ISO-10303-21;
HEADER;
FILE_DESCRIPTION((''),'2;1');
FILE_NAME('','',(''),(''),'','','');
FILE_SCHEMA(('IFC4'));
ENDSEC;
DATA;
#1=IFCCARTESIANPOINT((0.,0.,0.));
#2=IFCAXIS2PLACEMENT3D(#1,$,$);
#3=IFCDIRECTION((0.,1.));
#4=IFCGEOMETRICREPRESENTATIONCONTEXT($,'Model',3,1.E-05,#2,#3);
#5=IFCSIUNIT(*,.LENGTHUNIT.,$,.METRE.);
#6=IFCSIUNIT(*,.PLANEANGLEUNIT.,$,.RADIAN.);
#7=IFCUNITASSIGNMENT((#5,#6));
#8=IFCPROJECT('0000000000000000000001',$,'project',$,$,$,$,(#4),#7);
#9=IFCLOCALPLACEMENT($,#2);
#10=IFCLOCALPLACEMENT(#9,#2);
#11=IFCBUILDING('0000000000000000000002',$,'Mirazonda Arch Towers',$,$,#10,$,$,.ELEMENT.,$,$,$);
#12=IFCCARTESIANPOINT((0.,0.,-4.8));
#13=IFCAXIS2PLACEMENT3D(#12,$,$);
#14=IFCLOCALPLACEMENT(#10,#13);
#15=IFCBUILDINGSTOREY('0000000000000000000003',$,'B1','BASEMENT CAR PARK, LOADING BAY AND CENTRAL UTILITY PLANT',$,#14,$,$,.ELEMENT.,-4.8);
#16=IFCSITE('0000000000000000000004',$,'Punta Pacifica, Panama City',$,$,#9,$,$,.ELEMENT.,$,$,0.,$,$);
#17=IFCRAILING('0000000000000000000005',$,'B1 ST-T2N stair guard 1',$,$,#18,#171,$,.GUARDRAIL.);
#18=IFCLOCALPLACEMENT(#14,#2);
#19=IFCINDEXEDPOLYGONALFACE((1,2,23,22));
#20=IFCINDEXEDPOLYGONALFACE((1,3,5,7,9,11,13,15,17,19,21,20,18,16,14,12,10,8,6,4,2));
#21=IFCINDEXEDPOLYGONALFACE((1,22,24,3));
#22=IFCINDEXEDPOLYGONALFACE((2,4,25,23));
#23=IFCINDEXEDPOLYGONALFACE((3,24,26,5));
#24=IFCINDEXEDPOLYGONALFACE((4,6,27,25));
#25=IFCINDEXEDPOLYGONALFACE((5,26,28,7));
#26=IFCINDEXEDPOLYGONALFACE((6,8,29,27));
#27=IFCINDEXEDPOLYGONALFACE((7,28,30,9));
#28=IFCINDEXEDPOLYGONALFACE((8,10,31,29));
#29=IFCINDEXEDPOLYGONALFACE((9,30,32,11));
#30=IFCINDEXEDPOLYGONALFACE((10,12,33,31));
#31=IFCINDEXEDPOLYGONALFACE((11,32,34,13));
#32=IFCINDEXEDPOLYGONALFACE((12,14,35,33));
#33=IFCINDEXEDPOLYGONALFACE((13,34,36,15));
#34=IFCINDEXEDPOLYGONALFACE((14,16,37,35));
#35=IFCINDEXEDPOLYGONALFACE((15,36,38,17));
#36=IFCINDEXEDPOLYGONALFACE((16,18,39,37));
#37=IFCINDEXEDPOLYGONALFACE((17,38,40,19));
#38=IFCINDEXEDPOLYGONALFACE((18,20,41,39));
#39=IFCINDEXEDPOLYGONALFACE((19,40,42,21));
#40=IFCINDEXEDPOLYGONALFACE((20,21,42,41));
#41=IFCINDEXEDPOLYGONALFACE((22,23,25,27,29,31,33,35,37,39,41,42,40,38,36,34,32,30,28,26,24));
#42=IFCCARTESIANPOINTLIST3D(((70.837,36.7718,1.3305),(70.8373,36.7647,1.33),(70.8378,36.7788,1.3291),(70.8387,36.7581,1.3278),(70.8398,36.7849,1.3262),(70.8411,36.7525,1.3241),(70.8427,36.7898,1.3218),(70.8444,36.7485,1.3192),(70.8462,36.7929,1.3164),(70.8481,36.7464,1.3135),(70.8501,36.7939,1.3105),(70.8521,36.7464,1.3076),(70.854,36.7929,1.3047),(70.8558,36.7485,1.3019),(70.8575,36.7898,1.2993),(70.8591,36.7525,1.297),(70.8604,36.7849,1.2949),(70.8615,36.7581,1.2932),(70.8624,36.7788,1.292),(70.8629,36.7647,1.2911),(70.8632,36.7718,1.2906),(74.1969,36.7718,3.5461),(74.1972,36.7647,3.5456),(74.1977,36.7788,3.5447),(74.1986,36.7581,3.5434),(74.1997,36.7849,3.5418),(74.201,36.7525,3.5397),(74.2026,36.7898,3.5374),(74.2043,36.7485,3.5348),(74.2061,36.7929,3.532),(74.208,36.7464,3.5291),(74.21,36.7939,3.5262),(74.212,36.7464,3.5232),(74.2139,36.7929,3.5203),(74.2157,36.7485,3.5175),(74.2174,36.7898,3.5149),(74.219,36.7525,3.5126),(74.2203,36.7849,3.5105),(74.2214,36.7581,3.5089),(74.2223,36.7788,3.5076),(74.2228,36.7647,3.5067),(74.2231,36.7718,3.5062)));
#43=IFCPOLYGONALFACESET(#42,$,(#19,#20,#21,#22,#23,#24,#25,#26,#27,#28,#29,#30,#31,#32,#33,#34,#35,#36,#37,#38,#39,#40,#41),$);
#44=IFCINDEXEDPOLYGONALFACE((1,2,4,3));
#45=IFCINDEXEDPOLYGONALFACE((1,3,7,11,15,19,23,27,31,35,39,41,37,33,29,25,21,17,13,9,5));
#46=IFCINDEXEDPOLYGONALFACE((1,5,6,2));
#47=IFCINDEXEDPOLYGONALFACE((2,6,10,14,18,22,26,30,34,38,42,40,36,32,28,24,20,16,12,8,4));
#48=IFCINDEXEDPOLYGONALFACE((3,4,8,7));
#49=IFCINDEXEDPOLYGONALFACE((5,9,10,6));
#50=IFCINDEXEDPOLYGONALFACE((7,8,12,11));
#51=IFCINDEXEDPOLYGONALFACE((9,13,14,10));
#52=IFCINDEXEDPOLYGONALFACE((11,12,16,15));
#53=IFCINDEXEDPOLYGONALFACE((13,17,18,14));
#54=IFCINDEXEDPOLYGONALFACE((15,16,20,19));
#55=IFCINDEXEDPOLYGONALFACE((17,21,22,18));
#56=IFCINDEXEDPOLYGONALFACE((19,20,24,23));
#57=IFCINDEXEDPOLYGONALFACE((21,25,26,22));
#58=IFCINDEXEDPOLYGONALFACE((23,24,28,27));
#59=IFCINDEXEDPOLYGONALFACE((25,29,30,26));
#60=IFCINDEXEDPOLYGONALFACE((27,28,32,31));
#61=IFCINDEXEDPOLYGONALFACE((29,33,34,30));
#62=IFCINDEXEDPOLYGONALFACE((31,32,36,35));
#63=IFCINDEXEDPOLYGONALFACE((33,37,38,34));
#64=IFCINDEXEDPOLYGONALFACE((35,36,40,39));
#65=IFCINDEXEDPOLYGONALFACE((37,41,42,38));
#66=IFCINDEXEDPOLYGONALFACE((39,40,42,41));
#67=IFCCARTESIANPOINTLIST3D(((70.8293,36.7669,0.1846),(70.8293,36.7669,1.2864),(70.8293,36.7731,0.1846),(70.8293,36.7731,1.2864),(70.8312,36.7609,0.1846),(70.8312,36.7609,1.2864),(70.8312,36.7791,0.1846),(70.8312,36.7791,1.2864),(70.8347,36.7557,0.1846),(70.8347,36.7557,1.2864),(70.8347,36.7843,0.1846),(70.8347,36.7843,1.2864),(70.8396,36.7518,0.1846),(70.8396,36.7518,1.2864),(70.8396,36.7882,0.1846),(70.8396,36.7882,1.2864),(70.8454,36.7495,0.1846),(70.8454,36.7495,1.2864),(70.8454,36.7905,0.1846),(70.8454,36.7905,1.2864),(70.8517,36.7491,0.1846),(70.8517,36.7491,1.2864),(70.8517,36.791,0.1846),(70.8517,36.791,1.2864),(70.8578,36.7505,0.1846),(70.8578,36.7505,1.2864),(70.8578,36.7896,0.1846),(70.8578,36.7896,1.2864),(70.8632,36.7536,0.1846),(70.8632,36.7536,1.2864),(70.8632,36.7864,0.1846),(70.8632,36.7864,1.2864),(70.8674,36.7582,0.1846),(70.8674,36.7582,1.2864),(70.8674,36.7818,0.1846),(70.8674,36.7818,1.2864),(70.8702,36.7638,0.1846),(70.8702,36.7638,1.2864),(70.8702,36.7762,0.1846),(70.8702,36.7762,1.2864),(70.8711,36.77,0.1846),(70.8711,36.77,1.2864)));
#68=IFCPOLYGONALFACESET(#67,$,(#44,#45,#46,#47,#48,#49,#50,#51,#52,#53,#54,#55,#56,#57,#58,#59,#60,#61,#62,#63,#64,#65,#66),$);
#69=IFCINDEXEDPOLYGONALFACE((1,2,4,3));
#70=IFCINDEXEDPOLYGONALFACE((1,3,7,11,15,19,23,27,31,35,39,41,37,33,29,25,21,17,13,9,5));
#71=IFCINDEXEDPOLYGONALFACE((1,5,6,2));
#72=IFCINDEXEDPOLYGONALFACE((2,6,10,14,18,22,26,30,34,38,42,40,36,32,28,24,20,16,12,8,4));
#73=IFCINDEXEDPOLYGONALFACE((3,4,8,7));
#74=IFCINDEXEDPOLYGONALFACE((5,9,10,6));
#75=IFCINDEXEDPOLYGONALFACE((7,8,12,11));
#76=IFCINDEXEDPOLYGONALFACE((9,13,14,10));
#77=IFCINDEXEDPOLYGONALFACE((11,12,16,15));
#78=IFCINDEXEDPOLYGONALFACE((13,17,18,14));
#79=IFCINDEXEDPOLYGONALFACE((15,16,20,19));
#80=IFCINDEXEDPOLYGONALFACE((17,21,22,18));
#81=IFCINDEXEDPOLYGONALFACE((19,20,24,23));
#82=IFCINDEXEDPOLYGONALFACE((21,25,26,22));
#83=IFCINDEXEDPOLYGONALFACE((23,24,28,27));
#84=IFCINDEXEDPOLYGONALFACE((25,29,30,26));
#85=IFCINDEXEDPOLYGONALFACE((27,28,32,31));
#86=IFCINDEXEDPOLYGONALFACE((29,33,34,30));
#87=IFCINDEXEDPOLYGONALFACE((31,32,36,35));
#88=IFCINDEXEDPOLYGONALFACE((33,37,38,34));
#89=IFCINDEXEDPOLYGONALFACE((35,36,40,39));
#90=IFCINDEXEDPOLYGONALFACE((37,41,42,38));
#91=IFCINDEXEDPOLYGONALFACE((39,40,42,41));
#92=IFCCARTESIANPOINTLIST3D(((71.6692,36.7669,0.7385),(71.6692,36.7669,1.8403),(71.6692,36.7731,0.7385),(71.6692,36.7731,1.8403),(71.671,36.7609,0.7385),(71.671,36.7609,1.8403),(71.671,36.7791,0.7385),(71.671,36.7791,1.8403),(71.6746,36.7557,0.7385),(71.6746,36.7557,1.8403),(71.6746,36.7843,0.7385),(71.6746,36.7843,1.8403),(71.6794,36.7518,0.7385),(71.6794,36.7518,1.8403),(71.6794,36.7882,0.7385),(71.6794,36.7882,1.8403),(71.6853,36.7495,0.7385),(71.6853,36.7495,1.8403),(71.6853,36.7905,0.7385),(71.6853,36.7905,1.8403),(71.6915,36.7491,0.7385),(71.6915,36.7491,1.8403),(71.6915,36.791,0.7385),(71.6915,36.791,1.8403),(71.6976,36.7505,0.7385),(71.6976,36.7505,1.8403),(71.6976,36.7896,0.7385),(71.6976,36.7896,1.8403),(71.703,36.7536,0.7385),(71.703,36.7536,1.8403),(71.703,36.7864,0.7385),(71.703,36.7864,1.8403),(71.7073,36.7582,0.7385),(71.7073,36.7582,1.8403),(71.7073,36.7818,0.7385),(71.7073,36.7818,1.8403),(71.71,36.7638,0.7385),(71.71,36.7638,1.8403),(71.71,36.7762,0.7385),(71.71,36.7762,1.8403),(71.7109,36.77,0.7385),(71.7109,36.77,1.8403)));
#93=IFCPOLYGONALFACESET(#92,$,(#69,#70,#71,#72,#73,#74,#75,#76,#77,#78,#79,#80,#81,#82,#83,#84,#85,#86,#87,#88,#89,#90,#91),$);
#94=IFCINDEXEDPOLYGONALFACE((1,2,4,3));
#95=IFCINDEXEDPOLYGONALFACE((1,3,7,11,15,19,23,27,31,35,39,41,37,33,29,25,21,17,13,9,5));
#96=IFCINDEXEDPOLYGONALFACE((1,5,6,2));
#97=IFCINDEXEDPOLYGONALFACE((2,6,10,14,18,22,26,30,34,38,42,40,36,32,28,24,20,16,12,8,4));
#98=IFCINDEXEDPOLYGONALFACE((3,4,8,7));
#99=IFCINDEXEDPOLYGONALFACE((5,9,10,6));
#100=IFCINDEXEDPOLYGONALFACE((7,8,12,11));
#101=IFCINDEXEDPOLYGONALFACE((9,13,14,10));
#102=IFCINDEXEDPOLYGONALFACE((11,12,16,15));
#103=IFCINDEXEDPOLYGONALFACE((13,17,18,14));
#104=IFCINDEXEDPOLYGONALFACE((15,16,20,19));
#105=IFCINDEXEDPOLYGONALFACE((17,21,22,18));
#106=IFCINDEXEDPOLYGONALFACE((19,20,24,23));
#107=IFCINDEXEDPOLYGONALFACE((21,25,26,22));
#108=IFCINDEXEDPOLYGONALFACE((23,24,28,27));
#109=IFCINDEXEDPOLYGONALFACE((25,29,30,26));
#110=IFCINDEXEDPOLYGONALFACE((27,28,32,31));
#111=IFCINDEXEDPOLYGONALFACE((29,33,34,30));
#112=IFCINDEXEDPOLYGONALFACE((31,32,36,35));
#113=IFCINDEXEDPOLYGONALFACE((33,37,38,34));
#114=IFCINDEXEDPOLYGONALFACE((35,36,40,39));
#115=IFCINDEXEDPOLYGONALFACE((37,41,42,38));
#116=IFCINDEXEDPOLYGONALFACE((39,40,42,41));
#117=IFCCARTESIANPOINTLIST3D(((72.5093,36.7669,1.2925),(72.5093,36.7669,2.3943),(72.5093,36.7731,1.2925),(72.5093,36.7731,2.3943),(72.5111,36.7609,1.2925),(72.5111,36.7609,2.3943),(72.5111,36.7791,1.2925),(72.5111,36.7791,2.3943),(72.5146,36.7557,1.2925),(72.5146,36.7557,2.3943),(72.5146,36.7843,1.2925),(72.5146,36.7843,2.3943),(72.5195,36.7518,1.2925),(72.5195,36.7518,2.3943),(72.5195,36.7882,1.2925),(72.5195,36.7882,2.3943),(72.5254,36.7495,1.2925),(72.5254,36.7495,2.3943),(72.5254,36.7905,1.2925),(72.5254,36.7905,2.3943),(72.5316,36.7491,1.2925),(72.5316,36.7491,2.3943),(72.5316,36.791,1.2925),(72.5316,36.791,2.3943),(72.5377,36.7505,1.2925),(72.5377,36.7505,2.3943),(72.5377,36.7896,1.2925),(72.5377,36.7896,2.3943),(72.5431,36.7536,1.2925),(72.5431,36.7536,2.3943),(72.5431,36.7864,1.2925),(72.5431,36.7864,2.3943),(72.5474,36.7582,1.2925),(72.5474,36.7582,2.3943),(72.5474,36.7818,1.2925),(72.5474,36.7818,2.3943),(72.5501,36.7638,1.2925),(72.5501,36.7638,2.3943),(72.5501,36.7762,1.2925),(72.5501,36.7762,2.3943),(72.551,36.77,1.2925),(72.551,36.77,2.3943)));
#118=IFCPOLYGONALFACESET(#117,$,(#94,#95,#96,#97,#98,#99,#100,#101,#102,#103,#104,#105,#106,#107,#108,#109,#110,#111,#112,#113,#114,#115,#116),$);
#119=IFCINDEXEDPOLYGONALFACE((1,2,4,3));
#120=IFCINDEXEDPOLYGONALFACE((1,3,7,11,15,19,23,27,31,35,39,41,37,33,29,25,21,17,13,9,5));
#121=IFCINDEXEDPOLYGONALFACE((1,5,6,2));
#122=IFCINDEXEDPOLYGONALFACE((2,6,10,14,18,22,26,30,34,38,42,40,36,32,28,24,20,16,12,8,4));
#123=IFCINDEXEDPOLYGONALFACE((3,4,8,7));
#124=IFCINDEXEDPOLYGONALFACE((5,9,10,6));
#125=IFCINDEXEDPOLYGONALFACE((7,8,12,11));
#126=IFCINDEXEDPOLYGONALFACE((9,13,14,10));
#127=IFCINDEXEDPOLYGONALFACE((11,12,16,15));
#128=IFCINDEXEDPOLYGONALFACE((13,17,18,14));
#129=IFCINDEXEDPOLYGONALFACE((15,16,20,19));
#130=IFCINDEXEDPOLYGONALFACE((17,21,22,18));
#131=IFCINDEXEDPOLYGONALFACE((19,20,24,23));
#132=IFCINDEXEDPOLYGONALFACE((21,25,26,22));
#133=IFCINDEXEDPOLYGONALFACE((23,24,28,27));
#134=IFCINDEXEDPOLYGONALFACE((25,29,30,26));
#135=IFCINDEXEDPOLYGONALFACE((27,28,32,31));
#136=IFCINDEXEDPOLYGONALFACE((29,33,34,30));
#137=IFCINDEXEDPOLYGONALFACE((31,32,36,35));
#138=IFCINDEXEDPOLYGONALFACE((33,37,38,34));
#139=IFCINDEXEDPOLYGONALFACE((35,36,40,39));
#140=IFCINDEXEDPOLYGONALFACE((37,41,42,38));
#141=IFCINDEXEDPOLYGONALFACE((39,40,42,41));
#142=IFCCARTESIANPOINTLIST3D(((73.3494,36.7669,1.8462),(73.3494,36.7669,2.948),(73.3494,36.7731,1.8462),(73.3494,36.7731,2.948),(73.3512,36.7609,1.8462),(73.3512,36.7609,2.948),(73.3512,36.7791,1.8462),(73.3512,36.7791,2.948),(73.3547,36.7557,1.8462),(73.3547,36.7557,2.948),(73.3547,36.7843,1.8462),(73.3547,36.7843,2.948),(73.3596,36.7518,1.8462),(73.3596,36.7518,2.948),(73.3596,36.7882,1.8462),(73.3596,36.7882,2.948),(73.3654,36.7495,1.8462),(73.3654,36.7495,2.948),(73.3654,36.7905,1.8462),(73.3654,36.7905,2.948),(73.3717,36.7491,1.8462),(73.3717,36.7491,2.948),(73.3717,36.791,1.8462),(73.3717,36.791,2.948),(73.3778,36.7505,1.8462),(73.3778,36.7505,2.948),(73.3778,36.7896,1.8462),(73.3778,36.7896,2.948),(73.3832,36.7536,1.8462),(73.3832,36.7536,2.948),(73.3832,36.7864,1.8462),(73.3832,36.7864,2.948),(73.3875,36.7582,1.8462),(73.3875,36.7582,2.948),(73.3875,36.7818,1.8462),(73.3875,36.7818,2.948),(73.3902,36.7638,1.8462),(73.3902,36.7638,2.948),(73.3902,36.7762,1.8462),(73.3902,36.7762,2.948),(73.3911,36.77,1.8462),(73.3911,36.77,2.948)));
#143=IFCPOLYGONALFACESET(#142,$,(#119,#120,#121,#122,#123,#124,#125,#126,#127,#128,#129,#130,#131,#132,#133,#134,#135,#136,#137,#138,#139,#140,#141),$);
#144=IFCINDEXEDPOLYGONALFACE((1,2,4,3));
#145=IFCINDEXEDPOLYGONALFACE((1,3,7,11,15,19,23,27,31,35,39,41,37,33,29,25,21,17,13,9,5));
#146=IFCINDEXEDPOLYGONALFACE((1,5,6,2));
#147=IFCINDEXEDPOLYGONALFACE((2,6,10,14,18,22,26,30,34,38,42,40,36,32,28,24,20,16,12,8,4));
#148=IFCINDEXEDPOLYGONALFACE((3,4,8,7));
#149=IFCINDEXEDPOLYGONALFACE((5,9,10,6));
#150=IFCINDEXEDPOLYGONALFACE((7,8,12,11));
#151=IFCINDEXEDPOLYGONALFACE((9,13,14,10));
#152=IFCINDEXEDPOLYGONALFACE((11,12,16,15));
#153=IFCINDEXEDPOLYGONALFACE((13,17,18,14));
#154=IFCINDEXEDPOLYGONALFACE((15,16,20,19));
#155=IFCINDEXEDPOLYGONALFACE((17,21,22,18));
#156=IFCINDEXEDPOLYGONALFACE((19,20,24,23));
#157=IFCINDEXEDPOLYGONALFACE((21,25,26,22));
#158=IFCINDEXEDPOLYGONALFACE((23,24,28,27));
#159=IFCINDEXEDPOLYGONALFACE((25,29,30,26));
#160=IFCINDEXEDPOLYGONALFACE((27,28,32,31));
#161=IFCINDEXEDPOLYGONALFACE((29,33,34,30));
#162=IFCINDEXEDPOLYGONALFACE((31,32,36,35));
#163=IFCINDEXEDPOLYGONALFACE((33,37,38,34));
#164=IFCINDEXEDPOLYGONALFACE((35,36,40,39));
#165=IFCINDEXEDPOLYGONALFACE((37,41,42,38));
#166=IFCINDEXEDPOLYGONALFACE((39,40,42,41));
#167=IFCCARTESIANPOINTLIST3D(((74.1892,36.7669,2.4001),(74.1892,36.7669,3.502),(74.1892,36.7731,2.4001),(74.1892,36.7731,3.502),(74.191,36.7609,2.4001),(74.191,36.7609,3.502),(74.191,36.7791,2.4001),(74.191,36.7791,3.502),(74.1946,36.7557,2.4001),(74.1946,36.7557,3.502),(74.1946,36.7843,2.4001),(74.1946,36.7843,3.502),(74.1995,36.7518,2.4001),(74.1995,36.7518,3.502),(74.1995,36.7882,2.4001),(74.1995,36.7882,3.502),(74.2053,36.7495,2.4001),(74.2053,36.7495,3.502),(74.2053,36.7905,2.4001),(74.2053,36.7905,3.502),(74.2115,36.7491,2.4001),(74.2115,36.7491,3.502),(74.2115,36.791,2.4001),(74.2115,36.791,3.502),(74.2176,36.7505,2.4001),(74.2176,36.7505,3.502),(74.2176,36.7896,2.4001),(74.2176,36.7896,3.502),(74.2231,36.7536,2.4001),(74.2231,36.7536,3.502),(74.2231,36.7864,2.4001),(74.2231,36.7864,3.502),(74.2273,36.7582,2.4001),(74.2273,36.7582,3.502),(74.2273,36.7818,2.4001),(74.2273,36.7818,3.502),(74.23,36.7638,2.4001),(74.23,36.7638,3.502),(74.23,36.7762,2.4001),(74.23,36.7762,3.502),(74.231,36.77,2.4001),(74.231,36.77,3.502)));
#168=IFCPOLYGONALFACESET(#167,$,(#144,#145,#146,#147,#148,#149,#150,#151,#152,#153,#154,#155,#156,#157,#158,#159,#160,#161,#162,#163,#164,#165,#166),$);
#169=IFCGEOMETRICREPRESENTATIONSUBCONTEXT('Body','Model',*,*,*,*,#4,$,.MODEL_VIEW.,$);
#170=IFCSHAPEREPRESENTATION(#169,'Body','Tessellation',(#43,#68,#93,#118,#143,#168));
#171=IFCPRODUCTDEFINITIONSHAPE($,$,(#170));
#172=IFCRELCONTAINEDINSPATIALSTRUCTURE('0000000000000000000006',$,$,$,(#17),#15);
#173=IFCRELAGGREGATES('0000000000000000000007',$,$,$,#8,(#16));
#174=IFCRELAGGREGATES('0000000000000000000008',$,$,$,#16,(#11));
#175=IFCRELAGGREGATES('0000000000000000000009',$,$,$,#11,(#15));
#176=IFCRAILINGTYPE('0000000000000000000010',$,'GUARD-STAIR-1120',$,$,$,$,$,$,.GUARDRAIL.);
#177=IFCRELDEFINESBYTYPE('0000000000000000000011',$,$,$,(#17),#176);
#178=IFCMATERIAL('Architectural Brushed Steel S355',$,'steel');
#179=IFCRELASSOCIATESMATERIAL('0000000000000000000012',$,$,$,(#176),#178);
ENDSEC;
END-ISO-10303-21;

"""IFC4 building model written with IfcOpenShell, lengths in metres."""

from ifc_helpers import new_model, si_unit, direction, frame, origin, origin_2d, place, context, subcontext, project, spatial, circle, extrude, material, type_object, element, save


model = new_model("IFC4")

# Units and contexts
model_context = context("Model", 3, precision=1e-05, world=origin(), true_north=direction((0.0, 1.0)))
body_context = subcontext(model_context, "Body", "Model", "MODEL_VIEW")
ifc_project = project(units=[si_unit("LENGTHUNIT", "METRE"), si_unit("PLANEANGLEUNIT", "RADIAN")], contexts=[model_context])

# Site, building, storey
site_placement = place(None, origin())
site = spatial("IfcSite", under=ifc_project, at=site_placement, Name="Punta Pacifica, Panama City", CompositionType="ELEMENT", RefElevation=0.0)
building_placement = place(site_placement, origin())
building = spatial("IfcBuilding", under=site, at=building_placement, Name="Mirazonda Arch Towers", CompositionType="ELEMENT")
storey_placement = place(building_placement, frame((0.0, 0.0, -4.8)))
storey = spatial("IfcBuildingStorey", under=building, at=storey_placement, Name="B1", Description="BASEMENT CAR PARK, LOADING BAY AND CENTRAL UTILITY PLANT", CompositionType="ELEMENT", Elevation=-4.8)

# Shared definitions
ifc_material_1 = material(Name="Architectural Brushed Steel S355", Category="steel")

# Railing
railing_type_1 = type_object("IfcRailingType", Name="GUARD-STAIR-1120", PredefinedType="GUARDRAIL", material=ifc_material_1)
railing_1_placement = place(storey_placement, frame((70.8501, 36.77, 0.1846)))
element("IfcRailing", 1, at=railing_1_placement, inside=storey, type_object=railing_type_1, Name="B1 ST-T2N stair guard 1", PredefinedType="GUARDRAIL", context=body_context, shape_type="SweptSolid", body=[
    extrude(circle(Radius=0.0239, at=origin_2d()), frame((0.0, 0.0, 1.126), z_axis=(0.83483, 0.0, 0.550508), x_axis=(0.0, 1.0, 0.0)), (0.0, 0.0, 1.0), 4.0247),
    extrude(circle(Radius=0.021, at=origin_2d()), origin(), (0.0, 0.0, 1.0), 1.1018),
    extrude(circle(Radius=0.021, at=origin_2d()), frame((0.8398, 0.0, 0.554)), (0.0, 0.0, 1.0), 1.1018),
    extrude(circle(Radius=0.021, at=origin_2d()), frame((1.6799, 0.0, 1.1079)), (0.0, 0.0, 1.0), 1.1018),
    extrude(circle(Radius=0.021, at=origin_2d()), frame((2.52, 0.0, 1.6616)), (0.0, 0.0, 1.0), 1.1018),
    extrude(circle(Radius=0.021, at=origin_2d()), frame((3.3599, 0.0, 2.2156)), (0.0, 0.0, 1.0), 1.1018),
])

save(model, "model.ifc")
